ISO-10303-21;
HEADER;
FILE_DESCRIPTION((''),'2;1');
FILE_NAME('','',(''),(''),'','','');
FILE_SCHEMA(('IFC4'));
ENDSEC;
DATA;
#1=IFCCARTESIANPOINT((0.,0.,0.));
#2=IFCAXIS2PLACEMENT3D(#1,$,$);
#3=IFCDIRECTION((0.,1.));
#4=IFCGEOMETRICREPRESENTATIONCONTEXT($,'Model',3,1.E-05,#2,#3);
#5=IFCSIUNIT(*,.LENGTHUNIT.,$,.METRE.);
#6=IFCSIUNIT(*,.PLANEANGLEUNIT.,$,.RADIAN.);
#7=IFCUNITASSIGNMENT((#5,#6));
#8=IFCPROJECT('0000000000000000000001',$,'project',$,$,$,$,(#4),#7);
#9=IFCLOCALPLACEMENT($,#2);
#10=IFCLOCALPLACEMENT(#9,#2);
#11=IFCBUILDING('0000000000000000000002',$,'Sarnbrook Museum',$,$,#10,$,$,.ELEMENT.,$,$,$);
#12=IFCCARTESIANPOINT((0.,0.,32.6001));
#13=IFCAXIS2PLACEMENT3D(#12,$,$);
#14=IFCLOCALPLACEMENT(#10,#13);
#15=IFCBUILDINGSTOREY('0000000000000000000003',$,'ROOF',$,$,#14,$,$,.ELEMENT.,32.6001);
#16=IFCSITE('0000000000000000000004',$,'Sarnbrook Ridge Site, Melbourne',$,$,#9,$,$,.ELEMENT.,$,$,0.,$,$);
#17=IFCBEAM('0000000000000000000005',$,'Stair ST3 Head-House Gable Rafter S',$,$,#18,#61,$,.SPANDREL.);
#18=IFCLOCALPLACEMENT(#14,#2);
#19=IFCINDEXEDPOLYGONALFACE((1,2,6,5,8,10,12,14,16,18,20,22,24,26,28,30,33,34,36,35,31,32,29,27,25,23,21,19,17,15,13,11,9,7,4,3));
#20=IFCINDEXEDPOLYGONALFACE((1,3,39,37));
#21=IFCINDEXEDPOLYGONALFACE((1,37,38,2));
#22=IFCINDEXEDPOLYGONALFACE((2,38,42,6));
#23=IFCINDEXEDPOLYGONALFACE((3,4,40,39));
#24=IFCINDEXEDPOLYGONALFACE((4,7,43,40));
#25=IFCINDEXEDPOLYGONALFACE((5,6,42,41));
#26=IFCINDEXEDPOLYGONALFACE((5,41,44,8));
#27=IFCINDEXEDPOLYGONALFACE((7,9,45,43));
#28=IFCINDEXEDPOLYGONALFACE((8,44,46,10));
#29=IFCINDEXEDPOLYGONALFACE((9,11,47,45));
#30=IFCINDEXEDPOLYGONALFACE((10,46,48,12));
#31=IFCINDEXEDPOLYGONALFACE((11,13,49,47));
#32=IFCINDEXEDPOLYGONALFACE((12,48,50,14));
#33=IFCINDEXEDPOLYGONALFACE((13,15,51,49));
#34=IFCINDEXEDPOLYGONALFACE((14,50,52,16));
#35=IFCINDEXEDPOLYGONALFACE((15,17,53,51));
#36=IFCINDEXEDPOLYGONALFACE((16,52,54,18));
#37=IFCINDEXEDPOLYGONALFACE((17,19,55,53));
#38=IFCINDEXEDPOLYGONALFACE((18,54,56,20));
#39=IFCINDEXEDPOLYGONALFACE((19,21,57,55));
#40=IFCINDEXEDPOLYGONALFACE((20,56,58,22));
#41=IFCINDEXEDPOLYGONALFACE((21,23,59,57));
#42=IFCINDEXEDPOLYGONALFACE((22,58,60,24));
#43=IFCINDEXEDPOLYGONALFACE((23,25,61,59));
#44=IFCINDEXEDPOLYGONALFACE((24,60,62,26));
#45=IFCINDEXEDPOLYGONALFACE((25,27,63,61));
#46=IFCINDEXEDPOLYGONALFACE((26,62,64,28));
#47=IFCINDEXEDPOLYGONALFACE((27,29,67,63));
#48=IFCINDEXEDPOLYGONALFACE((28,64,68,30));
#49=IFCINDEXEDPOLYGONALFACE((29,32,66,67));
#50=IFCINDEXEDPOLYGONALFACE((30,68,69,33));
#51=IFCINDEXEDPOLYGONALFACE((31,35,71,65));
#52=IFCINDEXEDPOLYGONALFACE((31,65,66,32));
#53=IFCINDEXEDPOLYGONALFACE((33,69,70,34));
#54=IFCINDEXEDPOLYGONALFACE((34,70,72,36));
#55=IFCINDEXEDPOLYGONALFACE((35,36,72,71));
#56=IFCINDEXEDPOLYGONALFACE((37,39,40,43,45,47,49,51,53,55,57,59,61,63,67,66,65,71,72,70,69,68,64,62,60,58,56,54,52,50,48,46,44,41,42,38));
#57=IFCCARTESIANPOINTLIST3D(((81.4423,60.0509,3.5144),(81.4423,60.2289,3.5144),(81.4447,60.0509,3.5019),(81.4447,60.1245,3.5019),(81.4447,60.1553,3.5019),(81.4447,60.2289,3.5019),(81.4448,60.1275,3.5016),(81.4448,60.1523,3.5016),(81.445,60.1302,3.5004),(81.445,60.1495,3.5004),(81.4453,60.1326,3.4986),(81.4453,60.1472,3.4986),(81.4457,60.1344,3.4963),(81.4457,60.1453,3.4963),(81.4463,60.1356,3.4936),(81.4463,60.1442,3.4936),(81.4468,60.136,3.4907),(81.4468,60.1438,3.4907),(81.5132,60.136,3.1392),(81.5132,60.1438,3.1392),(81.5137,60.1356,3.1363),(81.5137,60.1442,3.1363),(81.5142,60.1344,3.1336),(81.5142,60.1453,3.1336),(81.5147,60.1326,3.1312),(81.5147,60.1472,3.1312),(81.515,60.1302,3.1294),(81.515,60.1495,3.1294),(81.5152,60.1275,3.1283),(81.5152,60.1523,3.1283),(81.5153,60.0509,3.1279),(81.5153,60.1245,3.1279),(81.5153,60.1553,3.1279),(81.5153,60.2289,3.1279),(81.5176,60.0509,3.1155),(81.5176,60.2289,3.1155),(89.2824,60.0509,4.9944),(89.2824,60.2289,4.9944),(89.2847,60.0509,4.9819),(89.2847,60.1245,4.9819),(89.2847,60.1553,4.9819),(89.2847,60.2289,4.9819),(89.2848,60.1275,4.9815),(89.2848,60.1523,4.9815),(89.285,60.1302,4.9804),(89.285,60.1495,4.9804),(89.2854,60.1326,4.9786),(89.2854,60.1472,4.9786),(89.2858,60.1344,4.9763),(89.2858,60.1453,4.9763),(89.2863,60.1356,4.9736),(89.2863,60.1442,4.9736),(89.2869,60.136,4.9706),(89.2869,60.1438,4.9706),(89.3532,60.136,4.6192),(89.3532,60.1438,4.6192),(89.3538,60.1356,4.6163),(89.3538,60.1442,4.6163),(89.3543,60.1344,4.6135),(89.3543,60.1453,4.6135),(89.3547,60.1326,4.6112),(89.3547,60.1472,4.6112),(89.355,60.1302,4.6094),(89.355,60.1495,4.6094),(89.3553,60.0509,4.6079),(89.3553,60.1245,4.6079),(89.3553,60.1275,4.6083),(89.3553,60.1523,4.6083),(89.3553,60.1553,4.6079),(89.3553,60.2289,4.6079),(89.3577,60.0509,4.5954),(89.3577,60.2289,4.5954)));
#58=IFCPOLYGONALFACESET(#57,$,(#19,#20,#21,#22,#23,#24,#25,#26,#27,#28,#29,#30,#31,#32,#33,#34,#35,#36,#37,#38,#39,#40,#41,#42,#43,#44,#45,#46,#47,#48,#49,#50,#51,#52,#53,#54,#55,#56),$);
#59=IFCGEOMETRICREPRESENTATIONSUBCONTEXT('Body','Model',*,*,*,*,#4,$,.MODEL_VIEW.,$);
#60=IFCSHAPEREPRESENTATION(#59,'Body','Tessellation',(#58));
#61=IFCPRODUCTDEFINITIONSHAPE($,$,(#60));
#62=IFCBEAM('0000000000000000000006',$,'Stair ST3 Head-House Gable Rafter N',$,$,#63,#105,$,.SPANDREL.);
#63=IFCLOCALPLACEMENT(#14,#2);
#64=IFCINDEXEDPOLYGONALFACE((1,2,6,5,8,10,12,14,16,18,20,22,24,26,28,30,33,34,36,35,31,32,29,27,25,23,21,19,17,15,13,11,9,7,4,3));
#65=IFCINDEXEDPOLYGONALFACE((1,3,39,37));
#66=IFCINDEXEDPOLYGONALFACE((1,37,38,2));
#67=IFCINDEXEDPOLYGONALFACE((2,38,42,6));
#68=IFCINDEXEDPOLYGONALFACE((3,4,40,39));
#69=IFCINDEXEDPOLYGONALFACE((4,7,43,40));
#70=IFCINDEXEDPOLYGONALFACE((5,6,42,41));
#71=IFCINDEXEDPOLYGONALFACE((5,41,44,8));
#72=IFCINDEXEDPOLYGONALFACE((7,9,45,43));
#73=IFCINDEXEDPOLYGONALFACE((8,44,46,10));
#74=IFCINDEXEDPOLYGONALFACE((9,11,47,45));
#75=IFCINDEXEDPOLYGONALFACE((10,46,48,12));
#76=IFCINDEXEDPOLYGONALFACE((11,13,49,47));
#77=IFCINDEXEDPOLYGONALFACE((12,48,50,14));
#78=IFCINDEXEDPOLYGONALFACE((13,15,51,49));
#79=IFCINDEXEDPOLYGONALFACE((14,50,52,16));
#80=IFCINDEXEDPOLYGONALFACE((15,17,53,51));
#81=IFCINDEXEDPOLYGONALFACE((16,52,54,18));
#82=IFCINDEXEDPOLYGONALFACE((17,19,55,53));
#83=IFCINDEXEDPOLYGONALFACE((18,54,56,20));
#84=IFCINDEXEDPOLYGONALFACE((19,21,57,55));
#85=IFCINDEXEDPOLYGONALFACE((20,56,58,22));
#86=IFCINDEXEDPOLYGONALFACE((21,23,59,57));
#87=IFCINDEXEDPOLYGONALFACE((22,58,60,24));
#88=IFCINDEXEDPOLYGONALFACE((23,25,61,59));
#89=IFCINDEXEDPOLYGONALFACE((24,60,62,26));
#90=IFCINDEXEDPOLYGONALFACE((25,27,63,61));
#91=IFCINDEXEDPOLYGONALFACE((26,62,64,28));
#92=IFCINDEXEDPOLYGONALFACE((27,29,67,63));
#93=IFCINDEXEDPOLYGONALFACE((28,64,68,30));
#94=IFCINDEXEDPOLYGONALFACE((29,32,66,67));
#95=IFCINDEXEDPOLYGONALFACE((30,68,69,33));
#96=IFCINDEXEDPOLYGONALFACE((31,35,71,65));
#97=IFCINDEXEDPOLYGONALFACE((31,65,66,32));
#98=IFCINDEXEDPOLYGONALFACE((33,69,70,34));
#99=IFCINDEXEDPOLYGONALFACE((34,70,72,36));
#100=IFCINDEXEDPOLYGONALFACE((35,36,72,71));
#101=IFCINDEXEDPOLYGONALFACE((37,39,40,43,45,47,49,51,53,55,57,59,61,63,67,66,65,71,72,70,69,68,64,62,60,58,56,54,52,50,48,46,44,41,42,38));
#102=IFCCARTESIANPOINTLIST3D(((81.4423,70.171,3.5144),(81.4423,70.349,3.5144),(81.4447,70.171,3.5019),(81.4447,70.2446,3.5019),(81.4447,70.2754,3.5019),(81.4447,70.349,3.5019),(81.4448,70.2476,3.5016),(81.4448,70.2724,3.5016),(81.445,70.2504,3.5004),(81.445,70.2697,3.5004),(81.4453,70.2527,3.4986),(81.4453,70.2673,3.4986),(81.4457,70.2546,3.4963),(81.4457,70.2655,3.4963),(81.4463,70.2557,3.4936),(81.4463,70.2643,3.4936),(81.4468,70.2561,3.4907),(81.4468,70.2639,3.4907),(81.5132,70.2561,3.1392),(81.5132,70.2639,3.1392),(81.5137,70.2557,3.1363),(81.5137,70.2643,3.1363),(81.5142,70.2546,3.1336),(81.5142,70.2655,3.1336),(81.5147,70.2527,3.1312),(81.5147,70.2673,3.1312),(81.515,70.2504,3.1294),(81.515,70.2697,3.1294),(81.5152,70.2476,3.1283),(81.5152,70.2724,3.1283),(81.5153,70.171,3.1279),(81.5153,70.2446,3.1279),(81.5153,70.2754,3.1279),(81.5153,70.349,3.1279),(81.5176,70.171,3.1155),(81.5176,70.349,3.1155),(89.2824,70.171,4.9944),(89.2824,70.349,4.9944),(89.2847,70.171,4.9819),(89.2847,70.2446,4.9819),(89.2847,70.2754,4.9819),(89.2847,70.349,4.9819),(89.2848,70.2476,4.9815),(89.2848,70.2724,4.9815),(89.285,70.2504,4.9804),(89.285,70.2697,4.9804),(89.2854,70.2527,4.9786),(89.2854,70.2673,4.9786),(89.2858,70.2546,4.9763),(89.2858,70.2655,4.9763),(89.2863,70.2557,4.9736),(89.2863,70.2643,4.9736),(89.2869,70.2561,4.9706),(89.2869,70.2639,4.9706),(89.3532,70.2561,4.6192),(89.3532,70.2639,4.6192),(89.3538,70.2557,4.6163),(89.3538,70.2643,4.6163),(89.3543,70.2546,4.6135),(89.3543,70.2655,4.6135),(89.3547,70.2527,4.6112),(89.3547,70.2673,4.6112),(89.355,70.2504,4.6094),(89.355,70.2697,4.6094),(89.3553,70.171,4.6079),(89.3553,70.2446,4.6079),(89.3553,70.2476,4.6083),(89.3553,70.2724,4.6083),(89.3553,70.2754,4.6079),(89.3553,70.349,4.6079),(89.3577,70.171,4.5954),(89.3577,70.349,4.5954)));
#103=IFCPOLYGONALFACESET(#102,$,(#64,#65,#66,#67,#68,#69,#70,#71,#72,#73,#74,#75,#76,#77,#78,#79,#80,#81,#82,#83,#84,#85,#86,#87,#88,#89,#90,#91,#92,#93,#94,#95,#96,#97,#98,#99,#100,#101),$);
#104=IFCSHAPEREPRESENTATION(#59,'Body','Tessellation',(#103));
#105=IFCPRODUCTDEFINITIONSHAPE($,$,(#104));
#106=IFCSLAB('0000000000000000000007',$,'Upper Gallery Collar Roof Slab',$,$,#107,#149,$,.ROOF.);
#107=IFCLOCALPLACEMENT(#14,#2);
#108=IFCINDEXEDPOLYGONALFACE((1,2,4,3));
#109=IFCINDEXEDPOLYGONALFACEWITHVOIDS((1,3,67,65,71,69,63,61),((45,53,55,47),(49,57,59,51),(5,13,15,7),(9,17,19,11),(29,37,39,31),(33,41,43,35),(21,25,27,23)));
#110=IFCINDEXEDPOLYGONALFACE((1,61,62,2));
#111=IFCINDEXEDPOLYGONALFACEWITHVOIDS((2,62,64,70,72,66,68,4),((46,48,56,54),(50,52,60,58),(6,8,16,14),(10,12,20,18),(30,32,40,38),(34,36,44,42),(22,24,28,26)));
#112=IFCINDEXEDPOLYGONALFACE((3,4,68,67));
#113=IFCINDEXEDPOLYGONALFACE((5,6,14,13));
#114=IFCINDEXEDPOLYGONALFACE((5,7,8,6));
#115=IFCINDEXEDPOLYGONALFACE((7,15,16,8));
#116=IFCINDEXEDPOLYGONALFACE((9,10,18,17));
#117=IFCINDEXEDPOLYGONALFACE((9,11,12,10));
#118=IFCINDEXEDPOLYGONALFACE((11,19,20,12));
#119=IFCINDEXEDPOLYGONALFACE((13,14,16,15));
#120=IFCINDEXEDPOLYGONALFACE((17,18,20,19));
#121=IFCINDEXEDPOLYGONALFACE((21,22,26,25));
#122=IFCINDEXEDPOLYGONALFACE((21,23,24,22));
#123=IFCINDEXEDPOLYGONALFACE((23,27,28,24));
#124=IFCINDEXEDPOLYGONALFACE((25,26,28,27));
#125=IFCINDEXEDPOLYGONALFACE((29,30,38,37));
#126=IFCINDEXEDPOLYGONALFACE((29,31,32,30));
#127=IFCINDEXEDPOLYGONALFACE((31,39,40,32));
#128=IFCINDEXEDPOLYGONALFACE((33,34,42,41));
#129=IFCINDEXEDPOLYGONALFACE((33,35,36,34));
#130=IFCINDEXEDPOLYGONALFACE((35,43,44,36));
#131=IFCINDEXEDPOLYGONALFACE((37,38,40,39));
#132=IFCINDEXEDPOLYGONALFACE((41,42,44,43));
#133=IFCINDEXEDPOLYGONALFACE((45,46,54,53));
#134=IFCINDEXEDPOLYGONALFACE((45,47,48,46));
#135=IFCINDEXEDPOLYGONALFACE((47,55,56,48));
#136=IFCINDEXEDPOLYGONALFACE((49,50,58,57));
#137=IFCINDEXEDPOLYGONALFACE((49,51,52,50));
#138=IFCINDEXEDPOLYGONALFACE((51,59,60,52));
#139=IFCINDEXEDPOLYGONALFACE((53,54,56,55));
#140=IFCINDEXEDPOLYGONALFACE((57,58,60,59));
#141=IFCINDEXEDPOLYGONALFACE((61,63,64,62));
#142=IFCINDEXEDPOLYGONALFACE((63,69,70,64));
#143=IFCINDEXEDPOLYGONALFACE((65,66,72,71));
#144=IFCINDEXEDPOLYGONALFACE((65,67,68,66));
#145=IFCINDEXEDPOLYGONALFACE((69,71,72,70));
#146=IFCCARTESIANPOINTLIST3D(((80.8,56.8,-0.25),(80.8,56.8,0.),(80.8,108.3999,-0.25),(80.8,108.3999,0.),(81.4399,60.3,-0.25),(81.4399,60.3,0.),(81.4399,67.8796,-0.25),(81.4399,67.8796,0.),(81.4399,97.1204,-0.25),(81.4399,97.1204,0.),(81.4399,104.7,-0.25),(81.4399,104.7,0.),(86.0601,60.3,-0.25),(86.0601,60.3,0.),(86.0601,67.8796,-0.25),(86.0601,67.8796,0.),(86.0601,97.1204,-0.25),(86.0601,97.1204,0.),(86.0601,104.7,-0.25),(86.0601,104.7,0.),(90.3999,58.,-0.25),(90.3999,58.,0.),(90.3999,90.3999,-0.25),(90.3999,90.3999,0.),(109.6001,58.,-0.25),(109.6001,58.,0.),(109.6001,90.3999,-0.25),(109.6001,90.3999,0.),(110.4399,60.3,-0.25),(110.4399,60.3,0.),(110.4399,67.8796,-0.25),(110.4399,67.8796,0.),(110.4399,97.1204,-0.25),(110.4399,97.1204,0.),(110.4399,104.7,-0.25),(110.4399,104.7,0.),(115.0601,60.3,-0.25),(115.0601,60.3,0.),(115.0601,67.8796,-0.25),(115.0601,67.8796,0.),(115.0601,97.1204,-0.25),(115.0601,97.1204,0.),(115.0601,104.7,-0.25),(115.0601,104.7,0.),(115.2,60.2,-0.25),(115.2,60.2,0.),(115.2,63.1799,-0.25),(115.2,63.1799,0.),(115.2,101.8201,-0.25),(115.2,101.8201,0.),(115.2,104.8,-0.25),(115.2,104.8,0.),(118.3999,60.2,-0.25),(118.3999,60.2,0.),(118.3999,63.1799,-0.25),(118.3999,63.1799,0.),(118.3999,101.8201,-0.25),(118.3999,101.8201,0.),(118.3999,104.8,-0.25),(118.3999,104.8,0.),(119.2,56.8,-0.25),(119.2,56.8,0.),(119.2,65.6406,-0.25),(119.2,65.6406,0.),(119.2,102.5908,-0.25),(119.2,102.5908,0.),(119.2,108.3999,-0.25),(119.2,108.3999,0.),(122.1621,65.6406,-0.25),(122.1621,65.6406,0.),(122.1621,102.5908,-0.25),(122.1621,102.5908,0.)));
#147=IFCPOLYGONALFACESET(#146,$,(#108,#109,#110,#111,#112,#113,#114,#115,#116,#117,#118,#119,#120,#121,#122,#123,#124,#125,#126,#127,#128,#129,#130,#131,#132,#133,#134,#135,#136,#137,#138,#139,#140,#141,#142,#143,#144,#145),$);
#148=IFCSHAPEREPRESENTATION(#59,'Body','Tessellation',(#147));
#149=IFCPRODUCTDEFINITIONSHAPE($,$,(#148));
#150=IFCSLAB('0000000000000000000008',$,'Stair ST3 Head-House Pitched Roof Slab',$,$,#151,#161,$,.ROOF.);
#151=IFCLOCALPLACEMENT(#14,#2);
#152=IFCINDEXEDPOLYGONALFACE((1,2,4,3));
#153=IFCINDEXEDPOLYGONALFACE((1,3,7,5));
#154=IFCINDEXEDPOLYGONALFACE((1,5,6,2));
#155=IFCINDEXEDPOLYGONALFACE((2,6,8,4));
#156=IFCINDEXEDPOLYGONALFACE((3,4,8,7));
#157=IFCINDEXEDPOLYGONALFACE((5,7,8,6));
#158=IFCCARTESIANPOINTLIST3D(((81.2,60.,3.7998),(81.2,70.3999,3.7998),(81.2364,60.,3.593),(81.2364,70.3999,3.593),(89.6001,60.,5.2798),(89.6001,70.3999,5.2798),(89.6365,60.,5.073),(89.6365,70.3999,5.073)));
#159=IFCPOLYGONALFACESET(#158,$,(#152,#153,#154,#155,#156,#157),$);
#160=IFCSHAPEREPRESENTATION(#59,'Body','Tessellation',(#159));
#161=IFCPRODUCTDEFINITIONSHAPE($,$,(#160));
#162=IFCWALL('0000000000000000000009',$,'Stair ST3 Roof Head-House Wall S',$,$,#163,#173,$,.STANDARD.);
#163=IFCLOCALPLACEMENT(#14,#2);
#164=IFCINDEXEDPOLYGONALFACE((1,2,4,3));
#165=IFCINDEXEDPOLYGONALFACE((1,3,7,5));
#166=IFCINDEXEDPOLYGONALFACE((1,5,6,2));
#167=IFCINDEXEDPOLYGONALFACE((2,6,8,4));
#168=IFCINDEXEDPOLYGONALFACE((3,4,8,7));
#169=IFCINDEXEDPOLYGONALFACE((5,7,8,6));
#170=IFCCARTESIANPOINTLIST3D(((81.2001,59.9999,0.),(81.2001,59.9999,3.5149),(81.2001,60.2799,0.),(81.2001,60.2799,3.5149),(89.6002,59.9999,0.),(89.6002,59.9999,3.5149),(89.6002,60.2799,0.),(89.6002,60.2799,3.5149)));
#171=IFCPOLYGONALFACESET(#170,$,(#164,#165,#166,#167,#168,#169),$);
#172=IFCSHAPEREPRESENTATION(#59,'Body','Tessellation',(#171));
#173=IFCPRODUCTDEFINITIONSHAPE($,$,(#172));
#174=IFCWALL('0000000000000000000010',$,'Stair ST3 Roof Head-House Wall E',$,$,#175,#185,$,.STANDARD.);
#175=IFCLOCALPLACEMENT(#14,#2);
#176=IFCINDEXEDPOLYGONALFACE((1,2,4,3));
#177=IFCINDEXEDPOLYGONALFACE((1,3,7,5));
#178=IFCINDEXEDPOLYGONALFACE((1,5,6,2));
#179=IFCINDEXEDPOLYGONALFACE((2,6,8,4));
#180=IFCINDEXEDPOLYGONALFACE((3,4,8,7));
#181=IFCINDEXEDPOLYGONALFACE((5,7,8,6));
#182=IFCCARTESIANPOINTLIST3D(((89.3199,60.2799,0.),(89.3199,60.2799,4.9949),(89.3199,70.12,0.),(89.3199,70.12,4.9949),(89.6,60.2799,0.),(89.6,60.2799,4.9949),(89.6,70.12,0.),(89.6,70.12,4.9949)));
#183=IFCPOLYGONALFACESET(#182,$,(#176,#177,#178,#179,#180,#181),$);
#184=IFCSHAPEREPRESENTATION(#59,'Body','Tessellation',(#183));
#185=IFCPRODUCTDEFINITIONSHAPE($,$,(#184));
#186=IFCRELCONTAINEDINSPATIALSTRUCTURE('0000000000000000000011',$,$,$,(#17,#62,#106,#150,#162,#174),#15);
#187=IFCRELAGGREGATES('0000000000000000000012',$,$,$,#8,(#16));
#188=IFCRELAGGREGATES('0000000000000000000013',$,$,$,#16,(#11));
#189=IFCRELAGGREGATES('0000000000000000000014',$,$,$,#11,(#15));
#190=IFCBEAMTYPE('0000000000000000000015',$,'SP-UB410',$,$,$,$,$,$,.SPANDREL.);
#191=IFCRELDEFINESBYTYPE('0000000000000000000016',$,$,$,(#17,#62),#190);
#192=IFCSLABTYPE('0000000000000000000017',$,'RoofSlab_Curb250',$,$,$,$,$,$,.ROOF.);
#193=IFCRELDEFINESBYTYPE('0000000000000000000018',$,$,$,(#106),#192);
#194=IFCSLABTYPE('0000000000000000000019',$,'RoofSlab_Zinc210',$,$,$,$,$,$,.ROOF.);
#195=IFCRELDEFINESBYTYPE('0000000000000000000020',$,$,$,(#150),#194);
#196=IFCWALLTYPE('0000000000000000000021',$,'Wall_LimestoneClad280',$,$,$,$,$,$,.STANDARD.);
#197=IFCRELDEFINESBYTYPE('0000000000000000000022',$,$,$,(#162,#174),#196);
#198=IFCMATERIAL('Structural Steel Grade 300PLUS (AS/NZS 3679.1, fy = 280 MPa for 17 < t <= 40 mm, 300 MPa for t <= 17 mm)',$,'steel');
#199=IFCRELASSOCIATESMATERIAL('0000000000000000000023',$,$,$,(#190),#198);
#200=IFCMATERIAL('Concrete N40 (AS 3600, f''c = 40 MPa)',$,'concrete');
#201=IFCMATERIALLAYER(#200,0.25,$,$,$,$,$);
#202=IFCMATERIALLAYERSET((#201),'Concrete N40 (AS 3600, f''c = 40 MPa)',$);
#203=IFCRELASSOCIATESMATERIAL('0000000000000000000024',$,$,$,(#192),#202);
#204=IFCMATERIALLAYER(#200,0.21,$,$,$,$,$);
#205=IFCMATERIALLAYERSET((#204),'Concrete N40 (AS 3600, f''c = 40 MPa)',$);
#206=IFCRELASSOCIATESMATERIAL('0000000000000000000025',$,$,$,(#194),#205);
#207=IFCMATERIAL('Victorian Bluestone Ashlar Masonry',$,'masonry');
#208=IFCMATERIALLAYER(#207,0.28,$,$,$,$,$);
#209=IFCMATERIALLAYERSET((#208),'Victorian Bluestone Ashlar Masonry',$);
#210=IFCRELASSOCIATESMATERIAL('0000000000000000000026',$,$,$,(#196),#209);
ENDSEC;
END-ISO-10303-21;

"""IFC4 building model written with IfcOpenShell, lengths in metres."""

from ifc_helpers import new_model, si_unit, direction, frame, frame_2d, origin, origin_2d, place, context, subcontext, project, spatial, polyline, rectangle, i_section, outline, extrude, material, layer, layer_set, material_profile, profile_set, type_object, element, save


model = new_model("IFC4")

# Units and contexts
model_context = context("Model", 3, precision=1e-05, world=origin(), true_north=direction((0.0, 1.0)))
body_context = subcontext(model_context, "Body", "Model", "MODEL_VIEW")
ifc_project = project(units=[si_unit("LENGTHUNIT", "METRE"), si_unit("PLANEANGLEUNIT", "RADIAN")], contexts=[model_context])

# Site, building, storey
site_placement = place(None, origin())
site = spatial("IfcSite", under=ifc_project, at=site_placement, Name="Sarnbrook Ridge Site, Melbourne", CompositionType="ELEMENT", RefElevation=0.0)
building_placement = place(site_placement, origin())
building = spatial("IfcBuilding", under=site, at=building_placement, Name="Sarnbrook Museum", CompositionType="ELEMENT")
storey_placement = place(building_placement, frame((0.0, 0.0, 32.6001)))
storey = spatial("IfcBuildingStorey", under=building, at=storey_placement, Name="ROOF", CompositionType="ELEMENT", Elevation=32.6001)

# Beams
ifc_material_1 = material(Name="Structural Steel Grade 300PLUS (AS/NZS 3679.1, fy = 280 MPa for 17 < t <= 40 mm, 300 MPa for t <= 17 mm)", Category="steel")
ifc_material_profile = material_profile(ifc_material_1, i_section(OverallWidth=0.178, OverallDepth=0.406, WebThickness=0.0078, FlangeThickness=0.0127, FilletRadius=0.0115, at=origin_2d()), Name="410UB59.7")
ifc_profile_set = profile_set([ifc_material_profile], Name="Structural Steel Grade 300PLUS (AS/NZS 3679.1, fy = 280 MPa for 17 < t <= 40 mm, 300 MPa for t <= 17 mm)")
beam_type = type_object("IfcBeamType", Name="SP-UB410", PredefinedType="SPANDREL", material=ifc_profile_set)
for number, where, z_axis, x_axis, name in (
    (1, (81.48, 60.1399, 3.3149), (0.982645, 0.0, 0.185495), (0.0, 1.0, 0.0), "Stair ST3 Head-House Gable Rafter S"),
    (2, (81.48, 70.26, 3.3149), (0.982645, 0.0, 0.185495), (0.0, 1.0, 0.0), "Stair ST3 Head-House Gable Rafter N"),
):
    element("IfcBeam", number, at=place(storey_placement, frame(where, z_axis=z_axis, x_axis=x_axis)), inside=storey, type_object=beam_type, Name=name, PredefinedType="SPANDREL", context=body_context, shape_type="SweptSolid", body=[
        extrude(i_section(OverallWidth=0.178, OverallDepth=0.406, WebThickness=0.0078, FlangeThickness=0.0127, FilletRadius=0.0115, at=origin_2d()), origin(), (0.0, 0.0, 1.0), 7.9785),
    ])

# Slabs
ifc_material_2 = material(Name="Concrete N40 (AS 3600, f'c = 40 MPa)", Category="concrete")
ifc_layer_1 = layer(ifc_material_2, 0.25)
ifc_layer_set_1 = layer_set([ifc_layer_1], Name="Concrete N40 (AS 3600, f'c = 40 MPa)")
slab_type_1 = type_object("IfcSlabType", Name="RoofSlab_Curb250", PredefinedType="ROOF", material=ifc_layer_set_1)
slab_1_placement = place(storey_placement, frame((0.0, 0.0, -0.25)))
element("IfcSlab", 3, at=slab_1_placement, inside=storey, type_object=slab_type_1, Name="Upper Gallery Collar Roof Slab", PredefinedType="ROOF", context=body_context, shape_type="SweptSolid", body=[
    extrude(outline(polyline([(119.2, 56.8), (80.8, 56.8), (80.8, 108.3999), (119.2, 108.3999), (119.2, 102.5908), (122.1621, 102.5908), (122.1621, 65.6406), (119.2, 65.6406), (119.2, 56.8)]), holes=[polyline([(115.2, 63.1799), (118.3999, 63.1799), (118.3999, 60.2), (115.2, 60.2), (115.2, 63.1799)]), polyline([(81.4399, 67.8796), (86.0601, 67.8796), (86.0601, 60.3), (81.4399, 60.3), (81.4399, 67.8796)]), polyline([(110.4399, 67.8796), (115.0601, 67.8796), (115.0601, 60.3), (110.4399, 60.3), (110.4399, 67.8796)]), polyline([(90.3999, 58.0), (90.3999, 90.3999), (109.6001, 90.3999), (109.6001, 58.0), (90.3999, 58.0)]), polyline([(86.0601, 104.7), (86.0601, 97.1204), (81.4399, 97.1204), (81.4399, 104.7), (86.0601, 104.7)]), polyline([(115.0601, 97.1204), (110.4399, 97.1204), (110.4399, 104.7), (115.0601, 104.7), (115.0601, 97.1204)]), polyline([(115.2, 101.8201), (115.2, 104.8), (118.3999, 104.8), (118.3999, 101.8201), (115.2, 101.8201)])]), origin(), (0.0, 0.0, 1.0), 0.25),
])
ifc_layer_2 = layer(ifc_material_2, 0.21)
ifc_layer_set_2 = layer_set([ifc_layer_2], Name="Concrete N40 (AS 3600, f'c = 40 MPa)")
slab_type_2 = type_object("IfcSlabType", Name="RoofSlab_Zinc210", PredefinedType="ROOF", material=ifc_layer_set_2)
slab_2_placement = place(storey_placement, frame((81.2, 60.0, 3.7998), z_axis=(-0.173513, 0.0, 0.984832), x_axis=(0.984832, 0.0, 0.173513)))
element("IfcSlab", 4, at=slab_2_placement, inside=storey, type_object=slab_type_2, Name="Stair ST3 Head-House Pitched Roof Slab", PredefinedType="ROOF", context=body_context, shape_type="SweptSolid", body=[
    extrude(outline(polyline([(0.0, 0.0), (8.5295, 0.0), (8.5295, 10.3999), (0.0, 10.3999), (0.0, 0.0)])), origin(), (0.0, 0.0, -1.0), 0.21),
])

# Walls
ifc_material_3 = material(Name="Victorian Bluestone Ashlar Masonry", Category="masonry")
ifc_layer_3 = layer(ifc_material_3, 0.28)
ifc_layer_set_3 = layer_set([ifc_layer_3], Name="Victorian Bluestone Ashlar Masonry")
wall_type = type_object("IfcWallType", Name="Wall_LimestoneClad280", PredefinedType="STANDARD", material=ifc_layer_set_3)
wall_1_placement = place(storey_placement, frame((81.2, 60.1399, 0.0), z_axis=(0.0, 0.0, 1.0), x_axis=(1.0, 0.0, 0.0)))
element("IfcWall", 5, at=wall_1_placement, inside=storey, type_object=wall_type, Name="Stair ST3 Roof Head-House Wall S", PredefinedType="STANDARD", context=body_context, shape_type="SweptSolid", body=[
    extrude(rectangle(XDim=8.4001, YDim=0.28, at=frame_2d((4.2002, 0.0))), origin(), (0.0, 0.0, 1.0), 3.5149),
])
wall_2_placement = place(storey_placement, frame((89.46, 60.28, 0.0), z_axis=(0.0, 0.0, 1.0), x_axis=(0.0, 1.0, 0.0)))
element("IfcWall", 6, at=wall_2_placement, inside=storey, type_object=wall_type, Name="Stair ST3 Roof Head-House Wall E", PredefinedType="STANDARD", context=body_context, shape_type="SweptSolid", body=[
    extrude(rectangle(XDim=9.8401, YDim=0.28, at=frame_2d((4.9199, 0.0))), origin(), (0.0, 0.0, 1.0), 4.9949),
])

save(model, "model.ifc")
